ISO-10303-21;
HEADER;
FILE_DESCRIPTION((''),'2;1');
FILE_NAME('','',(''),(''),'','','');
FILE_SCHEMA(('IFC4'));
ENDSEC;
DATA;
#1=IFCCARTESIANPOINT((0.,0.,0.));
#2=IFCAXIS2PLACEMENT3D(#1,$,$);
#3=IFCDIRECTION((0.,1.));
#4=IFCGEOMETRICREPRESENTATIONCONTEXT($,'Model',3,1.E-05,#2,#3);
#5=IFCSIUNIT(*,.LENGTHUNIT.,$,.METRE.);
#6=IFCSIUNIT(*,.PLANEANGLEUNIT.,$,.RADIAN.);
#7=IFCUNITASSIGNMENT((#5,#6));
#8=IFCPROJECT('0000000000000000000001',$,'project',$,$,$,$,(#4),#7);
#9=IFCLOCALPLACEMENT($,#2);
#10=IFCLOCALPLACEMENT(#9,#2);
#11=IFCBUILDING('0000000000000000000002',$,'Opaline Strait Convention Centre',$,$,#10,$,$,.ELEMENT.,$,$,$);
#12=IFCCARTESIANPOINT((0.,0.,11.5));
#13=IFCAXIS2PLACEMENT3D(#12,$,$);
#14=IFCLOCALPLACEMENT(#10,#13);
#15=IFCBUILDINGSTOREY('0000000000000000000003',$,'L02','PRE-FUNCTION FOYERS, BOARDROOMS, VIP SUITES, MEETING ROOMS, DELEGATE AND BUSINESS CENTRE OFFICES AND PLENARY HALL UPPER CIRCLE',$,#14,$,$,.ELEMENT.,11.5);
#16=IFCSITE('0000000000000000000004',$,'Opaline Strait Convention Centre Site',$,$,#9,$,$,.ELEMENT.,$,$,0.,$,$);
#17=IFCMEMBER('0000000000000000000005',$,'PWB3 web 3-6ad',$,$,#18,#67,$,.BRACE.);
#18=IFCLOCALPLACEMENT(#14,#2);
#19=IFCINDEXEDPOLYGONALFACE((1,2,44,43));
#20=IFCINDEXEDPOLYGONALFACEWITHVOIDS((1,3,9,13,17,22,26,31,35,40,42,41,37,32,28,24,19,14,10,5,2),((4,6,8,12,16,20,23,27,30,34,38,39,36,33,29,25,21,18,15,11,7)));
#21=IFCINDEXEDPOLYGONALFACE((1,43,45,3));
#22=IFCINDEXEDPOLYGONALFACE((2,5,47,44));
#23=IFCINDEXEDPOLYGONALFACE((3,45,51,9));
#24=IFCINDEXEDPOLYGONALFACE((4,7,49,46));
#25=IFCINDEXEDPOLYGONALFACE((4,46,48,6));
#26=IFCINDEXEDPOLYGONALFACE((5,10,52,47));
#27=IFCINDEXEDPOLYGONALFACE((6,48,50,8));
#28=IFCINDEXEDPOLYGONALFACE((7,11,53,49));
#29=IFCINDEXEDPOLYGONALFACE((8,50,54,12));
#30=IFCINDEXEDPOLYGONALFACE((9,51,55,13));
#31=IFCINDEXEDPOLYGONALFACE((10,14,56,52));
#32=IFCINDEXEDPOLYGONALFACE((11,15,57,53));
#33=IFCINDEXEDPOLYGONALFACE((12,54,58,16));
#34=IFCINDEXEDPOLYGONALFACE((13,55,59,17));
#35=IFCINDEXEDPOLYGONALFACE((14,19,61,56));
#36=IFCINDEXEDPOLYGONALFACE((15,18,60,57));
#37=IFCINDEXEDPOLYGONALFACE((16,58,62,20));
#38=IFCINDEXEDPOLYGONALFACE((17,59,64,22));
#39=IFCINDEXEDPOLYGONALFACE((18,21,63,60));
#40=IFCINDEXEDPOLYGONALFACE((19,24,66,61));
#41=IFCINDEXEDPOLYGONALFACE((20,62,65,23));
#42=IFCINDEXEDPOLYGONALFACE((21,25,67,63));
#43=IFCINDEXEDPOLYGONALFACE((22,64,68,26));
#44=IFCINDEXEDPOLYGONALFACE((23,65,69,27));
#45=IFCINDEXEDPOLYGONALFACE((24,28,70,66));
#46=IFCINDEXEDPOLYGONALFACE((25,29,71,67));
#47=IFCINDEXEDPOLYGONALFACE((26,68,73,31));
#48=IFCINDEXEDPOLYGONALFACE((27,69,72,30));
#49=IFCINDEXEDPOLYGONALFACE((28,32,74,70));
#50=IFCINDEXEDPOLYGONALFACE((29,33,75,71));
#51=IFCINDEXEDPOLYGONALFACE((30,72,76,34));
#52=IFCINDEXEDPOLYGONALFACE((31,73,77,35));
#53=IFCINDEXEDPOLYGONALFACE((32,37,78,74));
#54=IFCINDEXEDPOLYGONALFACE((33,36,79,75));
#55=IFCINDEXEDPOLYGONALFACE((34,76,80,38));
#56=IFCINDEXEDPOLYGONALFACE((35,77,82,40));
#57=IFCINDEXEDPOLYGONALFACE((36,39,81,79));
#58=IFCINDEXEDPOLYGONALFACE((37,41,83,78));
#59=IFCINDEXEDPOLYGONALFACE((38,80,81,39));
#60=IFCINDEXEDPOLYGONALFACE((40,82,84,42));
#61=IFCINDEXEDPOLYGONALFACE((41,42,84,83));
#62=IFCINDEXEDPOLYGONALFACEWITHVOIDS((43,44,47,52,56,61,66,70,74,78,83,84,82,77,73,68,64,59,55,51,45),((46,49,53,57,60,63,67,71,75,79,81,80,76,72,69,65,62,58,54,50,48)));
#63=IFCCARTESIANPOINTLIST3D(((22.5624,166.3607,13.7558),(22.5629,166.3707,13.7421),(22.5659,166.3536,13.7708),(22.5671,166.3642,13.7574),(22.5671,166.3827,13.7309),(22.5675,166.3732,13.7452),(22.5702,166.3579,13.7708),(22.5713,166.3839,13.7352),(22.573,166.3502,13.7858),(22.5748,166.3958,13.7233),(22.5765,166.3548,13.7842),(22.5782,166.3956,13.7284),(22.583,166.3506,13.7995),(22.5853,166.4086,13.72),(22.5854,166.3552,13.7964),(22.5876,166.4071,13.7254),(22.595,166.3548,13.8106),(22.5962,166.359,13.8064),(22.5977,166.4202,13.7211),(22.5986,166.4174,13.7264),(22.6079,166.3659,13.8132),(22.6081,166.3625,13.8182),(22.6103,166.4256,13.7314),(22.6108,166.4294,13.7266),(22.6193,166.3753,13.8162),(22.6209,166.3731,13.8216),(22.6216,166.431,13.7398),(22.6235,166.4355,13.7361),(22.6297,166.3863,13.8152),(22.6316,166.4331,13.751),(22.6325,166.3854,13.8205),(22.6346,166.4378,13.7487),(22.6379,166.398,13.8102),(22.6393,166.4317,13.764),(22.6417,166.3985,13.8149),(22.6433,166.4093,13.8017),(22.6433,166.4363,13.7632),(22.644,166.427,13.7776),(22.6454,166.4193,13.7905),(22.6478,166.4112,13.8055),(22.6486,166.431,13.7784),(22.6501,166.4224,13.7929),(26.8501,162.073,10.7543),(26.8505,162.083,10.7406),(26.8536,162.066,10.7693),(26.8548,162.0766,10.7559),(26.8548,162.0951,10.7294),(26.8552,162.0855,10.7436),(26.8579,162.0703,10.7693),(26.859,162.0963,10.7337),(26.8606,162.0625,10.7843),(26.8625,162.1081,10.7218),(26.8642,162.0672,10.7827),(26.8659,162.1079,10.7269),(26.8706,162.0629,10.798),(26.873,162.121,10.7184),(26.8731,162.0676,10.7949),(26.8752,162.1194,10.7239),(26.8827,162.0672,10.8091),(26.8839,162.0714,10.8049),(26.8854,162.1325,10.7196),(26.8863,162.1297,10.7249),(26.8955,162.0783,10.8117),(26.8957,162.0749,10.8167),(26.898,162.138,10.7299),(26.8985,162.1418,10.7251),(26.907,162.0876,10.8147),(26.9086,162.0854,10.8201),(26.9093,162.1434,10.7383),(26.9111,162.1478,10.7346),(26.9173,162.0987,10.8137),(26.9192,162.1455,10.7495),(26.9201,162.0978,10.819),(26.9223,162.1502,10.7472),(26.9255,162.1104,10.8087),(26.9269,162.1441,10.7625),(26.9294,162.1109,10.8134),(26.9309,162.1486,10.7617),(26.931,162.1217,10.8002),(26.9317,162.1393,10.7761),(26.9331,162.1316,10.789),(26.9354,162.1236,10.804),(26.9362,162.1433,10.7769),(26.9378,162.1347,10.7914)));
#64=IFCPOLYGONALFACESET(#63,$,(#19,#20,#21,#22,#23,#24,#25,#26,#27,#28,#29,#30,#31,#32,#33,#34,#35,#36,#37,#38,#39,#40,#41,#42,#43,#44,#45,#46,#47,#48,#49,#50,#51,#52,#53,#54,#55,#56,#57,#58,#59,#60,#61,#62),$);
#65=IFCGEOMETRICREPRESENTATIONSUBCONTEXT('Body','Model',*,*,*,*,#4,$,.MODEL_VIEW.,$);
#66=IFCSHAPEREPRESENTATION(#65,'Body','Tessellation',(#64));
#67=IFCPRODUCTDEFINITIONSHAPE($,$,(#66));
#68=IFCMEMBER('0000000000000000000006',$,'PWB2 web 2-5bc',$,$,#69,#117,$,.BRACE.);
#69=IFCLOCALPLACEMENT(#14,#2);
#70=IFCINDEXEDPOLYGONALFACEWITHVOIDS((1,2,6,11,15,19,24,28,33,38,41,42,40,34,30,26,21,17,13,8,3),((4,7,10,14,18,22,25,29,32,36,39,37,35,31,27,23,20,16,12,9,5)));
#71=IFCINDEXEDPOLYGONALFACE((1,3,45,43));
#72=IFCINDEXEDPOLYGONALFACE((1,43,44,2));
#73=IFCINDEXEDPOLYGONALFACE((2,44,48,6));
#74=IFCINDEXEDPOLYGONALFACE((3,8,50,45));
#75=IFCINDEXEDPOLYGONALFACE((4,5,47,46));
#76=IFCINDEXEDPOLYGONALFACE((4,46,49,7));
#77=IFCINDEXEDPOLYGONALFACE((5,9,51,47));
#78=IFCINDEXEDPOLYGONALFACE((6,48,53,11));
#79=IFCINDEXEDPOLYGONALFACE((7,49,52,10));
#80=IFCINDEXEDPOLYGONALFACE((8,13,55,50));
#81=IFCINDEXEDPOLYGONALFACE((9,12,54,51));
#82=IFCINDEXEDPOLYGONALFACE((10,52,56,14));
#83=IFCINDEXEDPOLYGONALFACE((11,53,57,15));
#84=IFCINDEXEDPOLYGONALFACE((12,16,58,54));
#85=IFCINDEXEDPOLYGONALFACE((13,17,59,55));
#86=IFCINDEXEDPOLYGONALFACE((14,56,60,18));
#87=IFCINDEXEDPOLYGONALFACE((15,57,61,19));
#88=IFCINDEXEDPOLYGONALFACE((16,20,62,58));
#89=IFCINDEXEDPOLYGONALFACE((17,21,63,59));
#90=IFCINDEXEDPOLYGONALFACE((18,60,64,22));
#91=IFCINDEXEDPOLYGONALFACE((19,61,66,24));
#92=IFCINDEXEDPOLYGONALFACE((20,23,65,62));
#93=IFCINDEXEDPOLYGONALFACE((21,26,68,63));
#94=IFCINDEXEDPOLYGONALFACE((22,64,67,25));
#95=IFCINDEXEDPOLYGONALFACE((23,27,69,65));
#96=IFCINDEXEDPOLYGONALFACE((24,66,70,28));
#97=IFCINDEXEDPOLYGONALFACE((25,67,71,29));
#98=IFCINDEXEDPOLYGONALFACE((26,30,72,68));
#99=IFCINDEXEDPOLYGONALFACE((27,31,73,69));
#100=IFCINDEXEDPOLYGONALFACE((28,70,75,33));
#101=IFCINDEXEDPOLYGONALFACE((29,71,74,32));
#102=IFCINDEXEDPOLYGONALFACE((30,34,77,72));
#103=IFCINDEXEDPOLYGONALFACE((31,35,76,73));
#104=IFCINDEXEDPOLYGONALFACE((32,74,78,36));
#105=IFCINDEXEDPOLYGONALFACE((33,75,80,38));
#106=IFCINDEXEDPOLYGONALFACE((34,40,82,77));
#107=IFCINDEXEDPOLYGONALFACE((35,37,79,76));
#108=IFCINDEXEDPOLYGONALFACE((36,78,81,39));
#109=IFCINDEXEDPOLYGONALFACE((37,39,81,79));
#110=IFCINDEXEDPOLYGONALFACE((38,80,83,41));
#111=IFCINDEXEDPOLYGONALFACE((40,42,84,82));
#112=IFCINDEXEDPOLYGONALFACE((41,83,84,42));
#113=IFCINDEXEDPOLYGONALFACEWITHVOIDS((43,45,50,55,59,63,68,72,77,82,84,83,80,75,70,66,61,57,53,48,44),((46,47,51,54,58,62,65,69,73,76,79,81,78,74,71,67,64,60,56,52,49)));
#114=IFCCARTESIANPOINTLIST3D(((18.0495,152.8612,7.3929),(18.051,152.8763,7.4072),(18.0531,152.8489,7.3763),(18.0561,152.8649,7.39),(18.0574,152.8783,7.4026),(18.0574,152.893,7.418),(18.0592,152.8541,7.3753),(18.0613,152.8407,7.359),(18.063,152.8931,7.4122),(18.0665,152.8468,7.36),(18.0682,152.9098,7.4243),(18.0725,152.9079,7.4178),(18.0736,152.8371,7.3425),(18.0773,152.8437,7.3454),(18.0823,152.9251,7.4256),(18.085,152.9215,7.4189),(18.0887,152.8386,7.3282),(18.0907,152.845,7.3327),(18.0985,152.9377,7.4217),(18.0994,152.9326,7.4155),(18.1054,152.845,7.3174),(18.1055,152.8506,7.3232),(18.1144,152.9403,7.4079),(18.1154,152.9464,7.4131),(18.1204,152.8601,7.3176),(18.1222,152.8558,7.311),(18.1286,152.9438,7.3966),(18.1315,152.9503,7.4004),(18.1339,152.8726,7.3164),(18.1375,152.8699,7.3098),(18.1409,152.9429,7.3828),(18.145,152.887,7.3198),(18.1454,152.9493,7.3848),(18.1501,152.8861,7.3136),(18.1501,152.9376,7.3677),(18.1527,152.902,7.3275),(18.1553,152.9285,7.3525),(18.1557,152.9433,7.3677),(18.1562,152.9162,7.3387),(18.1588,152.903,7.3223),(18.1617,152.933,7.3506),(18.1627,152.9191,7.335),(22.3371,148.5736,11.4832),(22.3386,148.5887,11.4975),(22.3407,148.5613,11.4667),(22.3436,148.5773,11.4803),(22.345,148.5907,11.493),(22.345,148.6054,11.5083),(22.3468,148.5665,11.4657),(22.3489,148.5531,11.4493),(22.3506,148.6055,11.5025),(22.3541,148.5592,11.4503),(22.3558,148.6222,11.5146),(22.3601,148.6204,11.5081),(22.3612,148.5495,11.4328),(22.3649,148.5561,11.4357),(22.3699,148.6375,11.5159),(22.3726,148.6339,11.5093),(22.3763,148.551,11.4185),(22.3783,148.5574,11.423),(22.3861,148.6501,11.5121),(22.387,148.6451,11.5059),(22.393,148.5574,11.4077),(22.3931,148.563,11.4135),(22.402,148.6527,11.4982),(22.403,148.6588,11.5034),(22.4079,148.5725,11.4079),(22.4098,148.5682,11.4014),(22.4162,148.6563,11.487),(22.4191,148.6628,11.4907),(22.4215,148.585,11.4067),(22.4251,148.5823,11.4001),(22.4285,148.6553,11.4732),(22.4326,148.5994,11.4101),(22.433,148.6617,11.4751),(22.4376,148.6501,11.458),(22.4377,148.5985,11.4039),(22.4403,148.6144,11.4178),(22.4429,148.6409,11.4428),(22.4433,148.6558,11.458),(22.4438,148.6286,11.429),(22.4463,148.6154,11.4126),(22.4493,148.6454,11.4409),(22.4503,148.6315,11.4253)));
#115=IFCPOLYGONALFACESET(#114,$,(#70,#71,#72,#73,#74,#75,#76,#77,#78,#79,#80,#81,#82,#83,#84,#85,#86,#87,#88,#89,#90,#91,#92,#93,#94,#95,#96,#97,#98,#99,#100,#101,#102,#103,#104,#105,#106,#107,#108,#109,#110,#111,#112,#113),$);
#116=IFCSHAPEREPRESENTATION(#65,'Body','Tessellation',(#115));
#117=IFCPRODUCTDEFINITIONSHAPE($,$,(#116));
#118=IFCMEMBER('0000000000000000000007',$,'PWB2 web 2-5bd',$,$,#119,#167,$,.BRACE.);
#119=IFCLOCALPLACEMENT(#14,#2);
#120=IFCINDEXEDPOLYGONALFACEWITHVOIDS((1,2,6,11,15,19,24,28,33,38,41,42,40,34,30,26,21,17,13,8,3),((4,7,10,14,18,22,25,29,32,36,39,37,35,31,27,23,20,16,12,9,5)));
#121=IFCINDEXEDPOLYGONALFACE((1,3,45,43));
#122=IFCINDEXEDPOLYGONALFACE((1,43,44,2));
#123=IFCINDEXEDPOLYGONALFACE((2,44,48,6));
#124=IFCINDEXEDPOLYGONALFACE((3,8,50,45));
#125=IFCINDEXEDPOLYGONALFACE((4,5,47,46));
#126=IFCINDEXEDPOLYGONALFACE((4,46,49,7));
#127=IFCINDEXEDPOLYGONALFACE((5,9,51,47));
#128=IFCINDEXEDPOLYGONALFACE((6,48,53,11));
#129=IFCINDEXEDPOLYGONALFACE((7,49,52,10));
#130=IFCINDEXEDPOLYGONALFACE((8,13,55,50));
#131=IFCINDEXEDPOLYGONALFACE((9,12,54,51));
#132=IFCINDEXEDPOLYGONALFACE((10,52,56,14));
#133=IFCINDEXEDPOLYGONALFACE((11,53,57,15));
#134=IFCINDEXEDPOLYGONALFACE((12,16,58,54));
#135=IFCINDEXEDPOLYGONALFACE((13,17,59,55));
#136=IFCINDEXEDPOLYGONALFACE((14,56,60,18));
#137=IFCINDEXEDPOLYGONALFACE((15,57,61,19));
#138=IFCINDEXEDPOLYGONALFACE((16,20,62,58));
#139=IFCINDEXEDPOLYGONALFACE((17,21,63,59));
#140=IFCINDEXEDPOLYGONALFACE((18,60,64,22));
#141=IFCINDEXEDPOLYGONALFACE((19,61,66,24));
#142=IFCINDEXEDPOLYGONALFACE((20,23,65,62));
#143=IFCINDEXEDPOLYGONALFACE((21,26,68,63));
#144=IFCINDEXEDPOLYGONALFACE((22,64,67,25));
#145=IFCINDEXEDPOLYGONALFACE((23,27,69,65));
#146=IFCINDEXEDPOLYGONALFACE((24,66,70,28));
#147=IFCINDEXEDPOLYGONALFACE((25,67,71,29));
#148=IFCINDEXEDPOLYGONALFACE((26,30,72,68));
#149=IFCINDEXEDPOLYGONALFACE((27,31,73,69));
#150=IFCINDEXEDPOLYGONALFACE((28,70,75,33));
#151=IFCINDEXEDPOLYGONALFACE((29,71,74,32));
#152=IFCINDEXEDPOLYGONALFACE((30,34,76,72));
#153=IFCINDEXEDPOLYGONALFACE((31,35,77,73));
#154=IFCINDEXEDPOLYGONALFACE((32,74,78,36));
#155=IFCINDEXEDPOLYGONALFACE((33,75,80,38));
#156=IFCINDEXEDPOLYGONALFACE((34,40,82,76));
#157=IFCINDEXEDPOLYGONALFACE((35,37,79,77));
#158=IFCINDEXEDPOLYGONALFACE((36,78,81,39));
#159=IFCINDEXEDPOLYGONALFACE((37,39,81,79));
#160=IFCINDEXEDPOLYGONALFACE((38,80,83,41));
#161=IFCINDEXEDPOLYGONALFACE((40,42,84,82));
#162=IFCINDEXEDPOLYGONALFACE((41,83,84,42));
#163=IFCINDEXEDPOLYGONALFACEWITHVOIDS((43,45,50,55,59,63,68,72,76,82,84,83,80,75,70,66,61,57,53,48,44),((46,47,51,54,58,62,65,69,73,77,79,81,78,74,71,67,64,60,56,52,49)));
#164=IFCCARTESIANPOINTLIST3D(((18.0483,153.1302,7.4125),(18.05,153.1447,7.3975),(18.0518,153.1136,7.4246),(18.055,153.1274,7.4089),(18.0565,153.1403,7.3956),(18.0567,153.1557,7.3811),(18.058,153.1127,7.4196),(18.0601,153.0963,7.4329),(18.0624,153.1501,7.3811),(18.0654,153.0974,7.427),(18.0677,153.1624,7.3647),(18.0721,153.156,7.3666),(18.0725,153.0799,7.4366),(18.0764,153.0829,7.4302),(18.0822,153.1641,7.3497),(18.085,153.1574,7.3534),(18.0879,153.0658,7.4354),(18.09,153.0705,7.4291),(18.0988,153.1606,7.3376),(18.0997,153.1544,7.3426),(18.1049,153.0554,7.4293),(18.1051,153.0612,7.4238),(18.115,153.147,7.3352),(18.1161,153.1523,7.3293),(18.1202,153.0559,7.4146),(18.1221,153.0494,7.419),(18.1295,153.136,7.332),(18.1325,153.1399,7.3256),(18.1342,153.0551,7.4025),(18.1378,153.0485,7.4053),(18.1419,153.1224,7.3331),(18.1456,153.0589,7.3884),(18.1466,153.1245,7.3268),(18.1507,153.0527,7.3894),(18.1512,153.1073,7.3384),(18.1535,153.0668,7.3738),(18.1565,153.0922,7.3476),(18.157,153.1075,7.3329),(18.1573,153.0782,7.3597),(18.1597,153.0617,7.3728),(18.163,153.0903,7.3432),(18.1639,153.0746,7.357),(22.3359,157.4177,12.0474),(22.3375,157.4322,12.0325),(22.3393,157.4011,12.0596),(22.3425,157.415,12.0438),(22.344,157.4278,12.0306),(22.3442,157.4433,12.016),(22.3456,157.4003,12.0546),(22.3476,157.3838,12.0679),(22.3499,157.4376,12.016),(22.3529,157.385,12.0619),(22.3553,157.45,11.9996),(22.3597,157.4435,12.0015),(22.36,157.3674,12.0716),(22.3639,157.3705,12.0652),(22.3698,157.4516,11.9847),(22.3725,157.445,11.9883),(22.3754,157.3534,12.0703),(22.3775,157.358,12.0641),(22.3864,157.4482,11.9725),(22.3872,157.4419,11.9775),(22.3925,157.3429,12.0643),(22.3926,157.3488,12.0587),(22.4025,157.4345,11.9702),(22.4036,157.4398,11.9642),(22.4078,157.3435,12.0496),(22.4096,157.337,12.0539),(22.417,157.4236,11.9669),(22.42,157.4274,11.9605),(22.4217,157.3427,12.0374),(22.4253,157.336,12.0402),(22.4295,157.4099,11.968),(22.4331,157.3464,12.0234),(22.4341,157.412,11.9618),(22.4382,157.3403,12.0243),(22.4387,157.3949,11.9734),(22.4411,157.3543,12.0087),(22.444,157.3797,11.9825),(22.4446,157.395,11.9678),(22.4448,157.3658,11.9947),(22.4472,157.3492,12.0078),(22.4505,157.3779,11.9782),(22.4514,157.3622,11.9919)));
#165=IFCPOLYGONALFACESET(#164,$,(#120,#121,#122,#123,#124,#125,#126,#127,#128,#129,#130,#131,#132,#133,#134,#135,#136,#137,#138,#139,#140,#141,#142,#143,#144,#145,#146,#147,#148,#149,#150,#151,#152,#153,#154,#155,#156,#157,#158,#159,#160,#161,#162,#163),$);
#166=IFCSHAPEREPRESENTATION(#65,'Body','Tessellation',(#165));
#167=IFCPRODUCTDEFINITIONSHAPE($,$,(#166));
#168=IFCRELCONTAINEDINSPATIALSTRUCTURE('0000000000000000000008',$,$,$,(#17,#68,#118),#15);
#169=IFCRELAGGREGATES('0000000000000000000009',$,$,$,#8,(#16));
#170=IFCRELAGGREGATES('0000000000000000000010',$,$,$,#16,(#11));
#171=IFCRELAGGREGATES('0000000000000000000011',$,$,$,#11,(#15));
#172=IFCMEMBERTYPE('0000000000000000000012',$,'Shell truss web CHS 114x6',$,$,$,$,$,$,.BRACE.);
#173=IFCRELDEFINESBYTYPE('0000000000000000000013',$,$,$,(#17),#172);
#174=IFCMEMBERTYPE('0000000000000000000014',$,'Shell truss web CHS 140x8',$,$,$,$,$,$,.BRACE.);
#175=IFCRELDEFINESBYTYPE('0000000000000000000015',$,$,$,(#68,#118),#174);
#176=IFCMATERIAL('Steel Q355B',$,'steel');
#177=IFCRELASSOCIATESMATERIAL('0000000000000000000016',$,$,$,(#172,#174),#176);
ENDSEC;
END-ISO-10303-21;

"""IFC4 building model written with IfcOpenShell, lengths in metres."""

from ifc_helpers import new_model, si_unit, direction, frame, origin, origin_2d, place, context, subcontext, project, spatial, hollow_circle, extrude, material, material_profile, profile_set, type_object, element, save


model = new_model("IFC4")

# Units and contexts
model_context = context("Model", 3, precision=1e-05, world=origin(), true_north=direction((0.0, 1.0)))
body_context = subcontext(model_context, "Body", "Model", "MODEL_VIEW")
ifc_project = project(units=[si_unit("LENGTHUNIT", "METRE"), si_unit("PLANEANGLEUNIT", "RADIAN")], contexts=[model_context])

# Site, building, storey
site_placement = place(None, origin())
site = spatial("IfcSite", under=ifc_project, at=site_placement, Name="Opaline Strait Convention Centre Site", CompositionType="ELEMENT", RefElevation=0.0)
building_placement = place(site_placement, origin())
building = spatial("IfcBuilding", under=site, at=building_placement, Name="Opaline Strait Convention Centre", CompositionType="ELEMENT")
storey_placement = place(building_placement, frame((0.0, 0.0, 11.5)))
storey = spatial("IfcBuildingStorey", under=building, at=storey_placement, Name="L02", Description="PRE-FUNCTION FOYERS, BOARDROOMS, VIP SUITES, MEETING ROOMS, DELEGATE AND BUSINESS CENTRE OFFICES AND PLENARY HALL UPPER CIRCLE", CompositionType="ELEMENT", Elevation=11.5)

# Members
ifc_material_1 = material(Name="Steel Q355B", Category="steel")
ifc_material_profile_1 = material_profile(ifc_material_1, hollow_circle(Radius=0.0569, WallThickness=0.0061, at=origin_2d()), Name="CHS 114x6")
ifc_profile_set_1 = profile_set([ifc_material_profile_1], Name="Steel Q355B")
member_type_1 = type_object("IfcMemberType", Name="Shell truss web CHS 114x6", PredefinedType="BRACE", material=ifc_profile_set_1)
member_1_placement = place(storey_placement, frame((26.8938, 162.1062, 10.7693), z_axis=(-0.633718, 0.633718, 0.443624), x_axis=(-0.707107, -0.707107, 0.0)))
element("IfcMember", 1, at=member_1_placement, inside=storey, type_object=member_type_1, Name="PWB3 web 3-6ad", PredefinedType="BRACE", context=body_context, shape_type="SweptSolid", body=[
    extrude(hollow_circle(Radius=0.0569, WallThickness=0.0061, at=origin_2d()), origin(), (0.0, 0.0, 1.0), 6.7659),
])
ifc_material_profile_2 = material_profile(ifc_material_1, hollow_circle(Radius=0.0701, WallThickness=0.0081, at=origin_2d()), Name="CHS 140x8")
ifc_profile_set_2 = profile_set([ifc_material_profile_2], Name="Steel Q355B")
member_type_2 = type_object("IfcMemberType", Name="Shell truss web CHS 140x8", PredefinedType="BRACE", material=ifc_profile_set_2)
member_2_placement = place(storey_placement, frame((18.1062, 152.8938, 7.3677), z_axis=(0.5862, -0.5862, 0.55923), x_axis=(0.707107, 0.707107, 0.0)))
element("IfcMember", 2, at=member_2_placement, inside=storey, type_object=member_type_2, Name="PWB2 web 2-5bc", PredefinedType="BRACE", context=body_context, shape_type="SweptSolid", body=[
    extrude(hollow_circle(Radius=0.0701, WallThickness=0.0081, at=origin_2d()), origin(), (0.0, 0.0, 1.0), 7.3142),
])
member_3_placement = place(storey_placement, frame((18.1062, 153.1062, 7.3811), z_axis=(0.561778, 0.561778, 0.607298), x_axis=(-0.707107, 0.707107, 0.0)))
element("IfcMember", 3, at=member_3_placement, inside=storey, type_object=member_type_2, Name="PWB2 web 2-5bd", PredefinedType="BRACE", context=body_context, shape_type="SweptSolid", body=[
    extrude(hollow_circle(Radius=0.0701, WallThickness=0.0081, at=origin_2d()), origin(), (0.0, 0.0, 1.0), 7.6321),
])

save(model, "model.ifc")
